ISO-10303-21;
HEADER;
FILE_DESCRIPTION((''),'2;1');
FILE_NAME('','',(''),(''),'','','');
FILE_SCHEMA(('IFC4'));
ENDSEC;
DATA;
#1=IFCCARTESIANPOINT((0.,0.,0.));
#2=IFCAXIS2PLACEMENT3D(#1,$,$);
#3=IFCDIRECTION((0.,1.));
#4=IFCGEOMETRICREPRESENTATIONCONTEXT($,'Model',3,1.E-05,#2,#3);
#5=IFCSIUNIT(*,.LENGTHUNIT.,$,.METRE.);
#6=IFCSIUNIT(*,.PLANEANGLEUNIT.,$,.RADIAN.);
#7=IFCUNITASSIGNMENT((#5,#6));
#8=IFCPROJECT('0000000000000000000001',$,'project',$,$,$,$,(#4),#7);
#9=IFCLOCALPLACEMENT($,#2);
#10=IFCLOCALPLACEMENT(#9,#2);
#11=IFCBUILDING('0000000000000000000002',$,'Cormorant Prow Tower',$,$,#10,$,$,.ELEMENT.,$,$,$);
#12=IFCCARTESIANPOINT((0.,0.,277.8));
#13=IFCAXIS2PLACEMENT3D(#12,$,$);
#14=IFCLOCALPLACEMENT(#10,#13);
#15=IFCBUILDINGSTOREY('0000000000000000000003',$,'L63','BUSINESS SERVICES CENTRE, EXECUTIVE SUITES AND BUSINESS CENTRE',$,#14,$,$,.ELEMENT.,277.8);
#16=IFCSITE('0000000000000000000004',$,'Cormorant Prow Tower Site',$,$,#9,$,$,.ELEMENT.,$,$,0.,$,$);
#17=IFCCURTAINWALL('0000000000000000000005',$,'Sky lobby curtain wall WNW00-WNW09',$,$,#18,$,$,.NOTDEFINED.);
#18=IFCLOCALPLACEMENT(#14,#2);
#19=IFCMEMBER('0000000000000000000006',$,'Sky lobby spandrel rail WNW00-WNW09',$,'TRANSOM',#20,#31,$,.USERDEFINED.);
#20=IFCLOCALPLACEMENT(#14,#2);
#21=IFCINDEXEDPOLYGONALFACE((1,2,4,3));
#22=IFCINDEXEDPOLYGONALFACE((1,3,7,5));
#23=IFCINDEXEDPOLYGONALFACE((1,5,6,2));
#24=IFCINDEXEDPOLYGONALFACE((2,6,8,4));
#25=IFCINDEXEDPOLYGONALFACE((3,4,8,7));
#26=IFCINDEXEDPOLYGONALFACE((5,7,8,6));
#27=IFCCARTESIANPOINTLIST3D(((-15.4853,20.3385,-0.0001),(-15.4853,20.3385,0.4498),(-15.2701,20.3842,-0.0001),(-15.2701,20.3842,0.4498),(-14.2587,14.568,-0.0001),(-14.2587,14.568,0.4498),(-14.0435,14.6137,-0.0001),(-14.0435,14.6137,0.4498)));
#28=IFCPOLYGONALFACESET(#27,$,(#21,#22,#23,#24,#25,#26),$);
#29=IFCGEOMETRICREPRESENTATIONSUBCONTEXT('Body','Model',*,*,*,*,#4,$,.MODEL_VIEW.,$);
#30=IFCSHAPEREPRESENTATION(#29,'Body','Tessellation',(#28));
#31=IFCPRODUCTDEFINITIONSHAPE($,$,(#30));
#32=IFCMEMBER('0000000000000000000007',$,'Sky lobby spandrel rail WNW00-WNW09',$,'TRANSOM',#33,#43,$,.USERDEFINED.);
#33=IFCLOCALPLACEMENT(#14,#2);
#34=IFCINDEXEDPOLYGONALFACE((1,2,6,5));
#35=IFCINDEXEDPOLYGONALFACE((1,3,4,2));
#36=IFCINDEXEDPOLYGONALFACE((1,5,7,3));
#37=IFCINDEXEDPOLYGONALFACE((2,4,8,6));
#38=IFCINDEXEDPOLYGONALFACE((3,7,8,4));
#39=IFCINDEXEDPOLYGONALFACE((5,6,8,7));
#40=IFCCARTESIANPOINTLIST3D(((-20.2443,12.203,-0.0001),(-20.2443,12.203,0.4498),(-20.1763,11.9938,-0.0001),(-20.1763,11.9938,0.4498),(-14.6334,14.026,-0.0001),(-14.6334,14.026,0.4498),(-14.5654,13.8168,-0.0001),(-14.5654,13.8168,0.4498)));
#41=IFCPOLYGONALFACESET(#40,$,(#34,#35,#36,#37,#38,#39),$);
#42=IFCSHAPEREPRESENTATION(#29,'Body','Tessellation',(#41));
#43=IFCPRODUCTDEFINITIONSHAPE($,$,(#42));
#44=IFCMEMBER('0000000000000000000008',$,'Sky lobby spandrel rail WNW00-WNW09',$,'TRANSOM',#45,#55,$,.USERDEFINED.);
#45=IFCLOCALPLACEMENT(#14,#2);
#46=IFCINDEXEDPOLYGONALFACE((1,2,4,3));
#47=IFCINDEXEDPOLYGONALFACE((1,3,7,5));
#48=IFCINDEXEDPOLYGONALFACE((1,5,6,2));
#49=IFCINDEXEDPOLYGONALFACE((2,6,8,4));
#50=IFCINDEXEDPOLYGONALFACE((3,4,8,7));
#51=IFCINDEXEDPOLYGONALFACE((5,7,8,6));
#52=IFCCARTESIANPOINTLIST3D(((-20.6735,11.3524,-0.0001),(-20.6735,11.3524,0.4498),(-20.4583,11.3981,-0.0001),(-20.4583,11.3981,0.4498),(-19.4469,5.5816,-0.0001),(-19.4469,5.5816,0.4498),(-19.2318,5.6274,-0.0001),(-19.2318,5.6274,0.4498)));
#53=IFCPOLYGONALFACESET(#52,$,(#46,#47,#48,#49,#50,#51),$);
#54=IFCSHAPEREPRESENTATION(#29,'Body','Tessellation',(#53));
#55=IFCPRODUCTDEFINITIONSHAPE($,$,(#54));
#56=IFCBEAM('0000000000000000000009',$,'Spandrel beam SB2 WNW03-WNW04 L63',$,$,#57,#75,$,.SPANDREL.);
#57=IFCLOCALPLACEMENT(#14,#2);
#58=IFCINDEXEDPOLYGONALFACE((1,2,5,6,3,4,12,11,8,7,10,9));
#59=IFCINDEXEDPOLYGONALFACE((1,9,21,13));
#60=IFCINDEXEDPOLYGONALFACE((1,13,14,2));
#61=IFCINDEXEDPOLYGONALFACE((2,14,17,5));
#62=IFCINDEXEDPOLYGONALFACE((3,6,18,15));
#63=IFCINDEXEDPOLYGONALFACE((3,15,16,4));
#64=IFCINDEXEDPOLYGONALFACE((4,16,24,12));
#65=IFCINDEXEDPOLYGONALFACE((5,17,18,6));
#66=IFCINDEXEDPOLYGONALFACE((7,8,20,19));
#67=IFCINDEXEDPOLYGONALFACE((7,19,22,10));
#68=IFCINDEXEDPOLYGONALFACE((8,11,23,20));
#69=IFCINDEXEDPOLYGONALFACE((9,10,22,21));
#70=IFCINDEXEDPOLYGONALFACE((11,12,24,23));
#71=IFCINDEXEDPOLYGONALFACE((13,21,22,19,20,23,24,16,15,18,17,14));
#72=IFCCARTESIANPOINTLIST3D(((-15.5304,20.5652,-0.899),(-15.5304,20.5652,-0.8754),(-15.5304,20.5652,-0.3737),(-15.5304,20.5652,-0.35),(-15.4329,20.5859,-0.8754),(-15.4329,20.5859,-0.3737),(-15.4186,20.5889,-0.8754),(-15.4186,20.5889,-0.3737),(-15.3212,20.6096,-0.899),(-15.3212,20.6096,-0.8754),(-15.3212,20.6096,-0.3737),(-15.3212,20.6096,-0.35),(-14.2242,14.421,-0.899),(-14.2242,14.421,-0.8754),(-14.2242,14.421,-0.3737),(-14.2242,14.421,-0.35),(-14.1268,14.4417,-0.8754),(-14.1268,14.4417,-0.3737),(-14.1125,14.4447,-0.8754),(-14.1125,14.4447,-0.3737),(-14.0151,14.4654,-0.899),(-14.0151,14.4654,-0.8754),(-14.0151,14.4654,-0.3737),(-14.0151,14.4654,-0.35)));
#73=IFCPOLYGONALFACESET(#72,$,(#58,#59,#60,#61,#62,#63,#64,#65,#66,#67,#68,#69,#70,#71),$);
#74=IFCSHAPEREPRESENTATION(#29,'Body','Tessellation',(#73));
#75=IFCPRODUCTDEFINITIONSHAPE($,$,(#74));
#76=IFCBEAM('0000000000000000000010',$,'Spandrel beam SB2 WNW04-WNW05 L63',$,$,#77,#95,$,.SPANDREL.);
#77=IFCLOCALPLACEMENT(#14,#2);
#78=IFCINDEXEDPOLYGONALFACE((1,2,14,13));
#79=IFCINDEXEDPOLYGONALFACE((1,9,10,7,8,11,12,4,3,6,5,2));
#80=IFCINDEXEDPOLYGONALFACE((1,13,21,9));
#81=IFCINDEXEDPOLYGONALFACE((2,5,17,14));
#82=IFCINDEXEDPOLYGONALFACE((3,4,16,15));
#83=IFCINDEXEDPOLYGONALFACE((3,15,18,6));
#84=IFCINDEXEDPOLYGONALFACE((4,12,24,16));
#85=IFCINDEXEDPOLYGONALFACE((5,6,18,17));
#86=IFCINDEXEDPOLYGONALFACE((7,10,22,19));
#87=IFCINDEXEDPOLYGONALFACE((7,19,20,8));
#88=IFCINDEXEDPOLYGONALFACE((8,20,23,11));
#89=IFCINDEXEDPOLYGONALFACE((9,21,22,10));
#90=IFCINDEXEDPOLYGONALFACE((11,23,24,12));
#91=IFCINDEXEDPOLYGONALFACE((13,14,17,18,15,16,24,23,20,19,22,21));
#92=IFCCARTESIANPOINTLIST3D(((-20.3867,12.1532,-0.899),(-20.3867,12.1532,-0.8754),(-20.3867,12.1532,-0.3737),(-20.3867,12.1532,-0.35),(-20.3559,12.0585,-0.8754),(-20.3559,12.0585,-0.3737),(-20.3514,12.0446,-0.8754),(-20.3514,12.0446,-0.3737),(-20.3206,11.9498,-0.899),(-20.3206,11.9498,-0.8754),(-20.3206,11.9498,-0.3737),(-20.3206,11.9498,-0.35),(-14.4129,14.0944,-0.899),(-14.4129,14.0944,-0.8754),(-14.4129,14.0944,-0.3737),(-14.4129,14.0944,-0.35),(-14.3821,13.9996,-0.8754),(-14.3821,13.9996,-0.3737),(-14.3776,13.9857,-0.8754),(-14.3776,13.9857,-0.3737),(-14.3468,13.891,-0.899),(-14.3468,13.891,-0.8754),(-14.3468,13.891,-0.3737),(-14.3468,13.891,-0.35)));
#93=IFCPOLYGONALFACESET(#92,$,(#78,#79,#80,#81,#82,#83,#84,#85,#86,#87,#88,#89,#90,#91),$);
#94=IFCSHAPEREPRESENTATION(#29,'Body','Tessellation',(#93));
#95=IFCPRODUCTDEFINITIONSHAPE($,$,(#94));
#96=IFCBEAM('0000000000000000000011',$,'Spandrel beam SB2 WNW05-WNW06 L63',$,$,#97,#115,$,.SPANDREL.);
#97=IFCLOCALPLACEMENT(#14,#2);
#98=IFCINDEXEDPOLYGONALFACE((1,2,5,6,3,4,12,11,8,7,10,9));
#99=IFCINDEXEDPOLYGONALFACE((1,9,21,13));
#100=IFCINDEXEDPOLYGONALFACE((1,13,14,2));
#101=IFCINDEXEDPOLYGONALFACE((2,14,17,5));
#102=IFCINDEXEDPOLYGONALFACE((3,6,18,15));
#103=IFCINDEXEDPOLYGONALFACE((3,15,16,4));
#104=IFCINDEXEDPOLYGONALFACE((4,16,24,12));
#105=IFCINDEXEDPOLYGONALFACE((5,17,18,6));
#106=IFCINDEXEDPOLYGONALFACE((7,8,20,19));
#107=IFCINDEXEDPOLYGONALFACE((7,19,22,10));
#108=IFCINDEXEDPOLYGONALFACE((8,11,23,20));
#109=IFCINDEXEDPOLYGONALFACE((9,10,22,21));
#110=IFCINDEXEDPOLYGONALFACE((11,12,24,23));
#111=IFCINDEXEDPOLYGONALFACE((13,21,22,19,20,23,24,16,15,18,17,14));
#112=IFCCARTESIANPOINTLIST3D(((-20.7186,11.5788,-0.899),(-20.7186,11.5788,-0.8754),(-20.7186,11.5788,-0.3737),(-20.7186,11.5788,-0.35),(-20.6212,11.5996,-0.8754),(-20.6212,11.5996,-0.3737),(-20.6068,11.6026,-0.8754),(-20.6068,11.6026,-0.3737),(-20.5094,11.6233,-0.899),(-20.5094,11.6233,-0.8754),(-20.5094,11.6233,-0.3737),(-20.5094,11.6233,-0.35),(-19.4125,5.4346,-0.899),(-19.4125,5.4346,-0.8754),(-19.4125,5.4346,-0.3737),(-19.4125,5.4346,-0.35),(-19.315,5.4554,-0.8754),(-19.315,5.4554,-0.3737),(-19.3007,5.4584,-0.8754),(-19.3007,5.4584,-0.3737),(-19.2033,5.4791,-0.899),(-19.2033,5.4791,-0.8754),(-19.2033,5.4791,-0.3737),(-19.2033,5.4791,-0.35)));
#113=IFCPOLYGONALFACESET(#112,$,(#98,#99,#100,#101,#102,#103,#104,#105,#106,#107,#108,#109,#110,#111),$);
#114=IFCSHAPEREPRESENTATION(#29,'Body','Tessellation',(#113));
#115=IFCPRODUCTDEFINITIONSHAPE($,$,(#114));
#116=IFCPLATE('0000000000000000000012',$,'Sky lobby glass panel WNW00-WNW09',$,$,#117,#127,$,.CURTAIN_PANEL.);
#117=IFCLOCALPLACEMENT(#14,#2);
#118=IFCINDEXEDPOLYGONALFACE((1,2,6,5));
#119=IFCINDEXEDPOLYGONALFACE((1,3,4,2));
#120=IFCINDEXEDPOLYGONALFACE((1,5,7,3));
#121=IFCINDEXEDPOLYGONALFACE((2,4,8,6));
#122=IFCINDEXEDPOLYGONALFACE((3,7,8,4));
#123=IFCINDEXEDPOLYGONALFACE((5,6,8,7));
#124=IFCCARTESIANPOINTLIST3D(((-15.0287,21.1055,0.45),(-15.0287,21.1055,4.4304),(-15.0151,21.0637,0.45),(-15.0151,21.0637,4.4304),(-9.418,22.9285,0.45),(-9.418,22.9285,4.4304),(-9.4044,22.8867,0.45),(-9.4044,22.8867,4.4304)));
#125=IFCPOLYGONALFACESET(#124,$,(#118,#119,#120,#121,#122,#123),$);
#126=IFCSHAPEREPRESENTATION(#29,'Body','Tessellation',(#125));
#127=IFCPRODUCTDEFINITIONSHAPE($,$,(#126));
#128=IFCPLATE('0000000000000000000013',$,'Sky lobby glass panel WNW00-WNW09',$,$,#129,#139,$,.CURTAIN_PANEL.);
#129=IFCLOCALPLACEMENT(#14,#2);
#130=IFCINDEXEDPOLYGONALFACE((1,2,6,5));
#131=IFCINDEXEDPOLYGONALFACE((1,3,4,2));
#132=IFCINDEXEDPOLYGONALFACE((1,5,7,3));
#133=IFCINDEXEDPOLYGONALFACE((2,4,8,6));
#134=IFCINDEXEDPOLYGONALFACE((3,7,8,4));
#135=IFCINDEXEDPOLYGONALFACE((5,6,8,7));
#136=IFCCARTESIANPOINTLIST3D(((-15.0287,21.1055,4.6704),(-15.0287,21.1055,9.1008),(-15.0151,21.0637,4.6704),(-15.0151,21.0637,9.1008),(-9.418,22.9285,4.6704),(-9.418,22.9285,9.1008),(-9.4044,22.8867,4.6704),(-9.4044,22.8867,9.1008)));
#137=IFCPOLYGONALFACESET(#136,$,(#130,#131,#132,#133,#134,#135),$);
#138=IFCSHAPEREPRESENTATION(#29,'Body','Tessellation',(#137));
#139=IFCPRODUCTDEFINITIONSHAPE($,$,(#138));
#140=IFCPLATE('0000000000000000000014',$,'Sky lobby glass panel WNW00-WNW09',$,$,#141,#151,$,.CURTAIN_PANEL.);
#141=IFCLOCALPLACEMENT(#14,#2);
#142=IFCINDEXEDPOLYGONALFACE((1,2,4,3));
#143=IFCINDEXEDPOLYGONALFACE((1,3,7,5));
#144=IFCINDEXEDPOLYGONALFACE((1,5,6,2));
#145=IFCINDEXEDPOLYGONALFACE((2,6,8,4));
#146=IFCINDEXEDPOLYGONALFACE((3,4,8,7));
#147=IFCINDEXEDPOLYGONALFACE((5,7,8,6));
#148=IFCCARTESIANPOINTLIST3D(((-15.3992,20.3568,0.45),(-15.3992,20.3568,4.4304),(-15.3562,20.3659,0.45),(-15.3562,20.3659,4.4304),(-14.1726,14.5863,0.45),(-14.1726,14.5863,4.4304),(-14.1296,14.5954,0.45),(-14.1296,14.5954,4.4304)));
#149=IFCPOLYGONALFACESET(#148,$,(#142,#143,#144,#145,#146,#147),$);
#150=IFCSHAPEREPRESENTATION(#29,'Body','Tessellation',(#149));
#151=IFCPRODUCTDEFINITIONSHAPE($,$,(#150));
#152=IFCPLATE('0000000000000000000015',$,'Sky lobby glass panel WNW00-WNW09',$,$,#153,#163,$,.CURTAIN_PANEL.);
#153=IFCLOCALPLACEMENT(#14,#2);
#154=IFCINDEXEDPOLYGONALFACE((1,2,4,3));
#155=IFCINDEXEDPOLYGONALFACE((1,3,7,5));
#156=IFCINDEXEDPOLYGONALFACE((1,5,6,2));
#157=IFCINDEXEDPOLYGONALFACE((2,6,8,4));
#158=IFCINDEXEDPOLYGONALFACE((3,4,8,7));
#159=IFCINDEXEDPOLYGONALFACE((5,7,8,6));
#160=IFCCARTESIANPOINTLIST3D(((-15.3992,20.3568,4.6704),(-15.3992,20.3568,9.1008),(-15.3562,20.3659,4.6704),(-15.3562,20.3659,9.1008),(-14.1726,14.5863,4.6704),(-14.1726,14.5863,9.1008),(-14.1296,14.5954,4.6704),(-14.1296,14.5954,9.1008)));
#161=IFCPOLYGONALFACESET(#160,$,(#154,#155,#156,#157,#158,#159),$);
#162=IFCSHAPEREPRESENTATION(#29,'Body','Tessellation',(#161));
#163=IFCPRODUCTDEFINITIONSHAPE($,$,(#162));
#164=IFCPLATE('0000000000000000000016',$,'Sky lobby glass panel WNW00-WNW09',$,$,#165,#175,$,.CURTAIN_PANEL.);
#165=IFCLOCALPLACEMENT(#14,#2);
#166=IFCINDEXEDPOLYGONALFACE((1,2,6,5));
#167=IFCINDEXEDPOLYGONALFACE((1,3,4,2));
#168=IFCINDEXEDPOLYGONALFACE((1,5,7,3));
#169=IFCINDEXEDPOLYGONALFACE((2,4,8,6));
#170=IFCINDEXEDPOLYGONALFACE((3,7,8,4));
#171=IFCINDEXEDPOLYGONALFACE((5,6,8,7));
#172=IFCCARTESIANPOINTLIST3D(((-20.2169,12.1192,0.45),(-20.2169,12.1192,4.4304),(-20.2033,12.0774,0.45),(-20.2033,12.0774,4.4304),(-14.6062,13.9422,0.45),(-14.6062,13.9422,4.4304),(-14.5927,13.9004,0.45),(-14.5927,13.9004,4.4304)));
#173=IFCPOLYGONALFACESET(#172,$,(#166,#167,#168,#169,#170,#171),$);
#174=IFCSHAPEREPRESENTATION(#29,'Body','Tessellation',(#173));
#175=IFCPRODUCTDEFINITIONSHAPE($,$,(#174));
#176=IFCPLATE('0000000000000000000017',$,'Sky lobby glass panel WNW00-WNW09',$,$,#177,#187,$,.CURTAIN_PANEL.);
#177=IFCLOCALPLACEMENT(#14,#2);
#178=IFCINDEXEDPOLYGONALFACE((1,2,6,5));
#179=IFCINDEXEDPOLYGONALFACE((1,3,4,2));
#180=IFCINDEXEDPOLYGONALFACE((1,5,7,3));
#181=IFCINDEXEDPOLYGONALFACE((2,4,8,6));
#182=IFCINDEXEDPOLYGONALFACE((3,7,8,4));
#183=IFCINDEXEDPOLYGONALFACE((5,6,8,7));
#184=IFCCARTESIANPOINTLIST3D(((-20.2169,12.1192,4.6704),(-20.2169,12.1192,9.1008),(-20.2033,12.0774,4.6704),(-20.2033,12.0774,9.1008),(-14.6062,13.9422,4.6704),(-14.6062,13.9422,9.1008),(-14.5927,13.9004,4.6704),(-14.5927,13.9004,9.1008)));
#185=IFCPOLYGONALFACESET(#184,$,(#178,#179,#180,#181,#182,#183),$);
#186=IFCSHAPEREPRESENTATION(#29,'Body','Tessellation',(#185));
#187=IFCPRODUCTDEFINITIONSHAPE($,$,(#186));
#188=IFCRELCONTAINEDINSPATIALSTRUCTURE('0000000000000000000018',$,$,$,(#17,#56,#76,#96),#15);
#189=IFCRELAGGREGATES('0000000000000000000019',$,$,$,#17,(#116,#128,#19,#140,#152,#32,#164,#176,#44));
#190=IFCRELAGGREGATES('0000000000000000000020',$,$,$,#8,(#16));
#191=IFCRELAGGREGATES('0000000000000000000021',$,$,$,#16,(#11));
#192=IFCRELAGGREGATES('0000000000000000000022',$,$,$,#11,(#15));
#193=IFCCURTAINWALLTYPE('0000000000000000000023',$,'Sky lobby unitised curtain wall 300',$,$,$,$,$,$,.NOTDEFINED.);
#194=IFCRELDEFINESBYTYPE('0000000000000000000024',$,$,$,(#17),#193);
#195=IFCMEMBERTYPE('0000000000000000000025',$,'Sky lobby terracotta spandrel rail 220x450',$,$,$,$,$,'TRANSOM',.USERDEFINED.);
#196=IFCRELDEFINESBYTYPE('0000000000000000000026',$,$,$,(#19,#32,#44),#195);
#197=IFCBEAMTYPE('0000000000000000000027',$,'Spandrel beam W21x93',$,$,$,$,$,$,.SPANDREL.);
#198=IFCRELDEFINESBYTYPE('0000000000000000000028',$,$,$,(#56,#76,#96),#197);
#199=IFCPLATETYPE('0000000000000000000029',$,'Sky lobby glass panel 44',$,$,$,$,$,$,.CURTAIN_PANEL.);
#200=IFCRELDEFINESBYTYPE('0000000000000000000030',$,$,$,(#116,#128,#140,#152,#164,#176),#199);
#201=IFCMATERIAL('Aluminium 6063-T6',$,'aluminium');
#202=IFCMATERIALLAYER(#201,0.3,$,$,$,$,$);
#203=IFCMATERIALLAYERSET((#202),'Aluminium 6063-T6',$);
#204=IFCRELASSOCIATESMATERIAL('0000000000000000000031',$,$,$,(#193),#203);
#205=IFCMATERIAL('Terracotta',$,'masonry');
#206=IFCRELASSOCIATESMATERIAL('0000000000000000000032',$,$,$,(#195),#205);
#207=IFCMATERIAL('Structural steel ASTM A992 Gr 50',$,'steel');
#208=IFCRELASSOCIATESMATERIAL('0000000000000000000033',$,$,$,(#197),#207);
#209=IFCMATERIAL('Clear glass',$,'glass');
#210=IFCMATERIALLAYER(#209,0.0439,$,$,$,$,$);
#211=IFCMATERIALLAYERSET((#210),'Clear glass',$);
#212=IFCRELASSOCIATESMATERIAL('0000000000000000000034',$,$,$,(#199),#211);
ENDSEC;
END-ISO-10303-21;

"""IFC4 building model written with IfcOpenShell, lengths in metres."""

from ifc_helpers import new_model, si_unit, direction, frame, origin, origin_2d, place, context, subcontext, project, spatial, rectangle, i_section, extrude, material, layer, layer_set, material_profile, profile_set, type_object, element, aggregate, save


model = new_model("IFC4")

# Units and contexts
model_context = context("Model", 3, precision=1e-05, world=origin(), true_north=direction((0.0, 1.0)))
body_context = subcontext(model_context, "Body", "Model", "MODEL_VIEW")
ifc_project = project(units=[si_unit("LENGTHUNIT", "METRE"), si_unit("PLANEANGLEUNIT", "RADIAN")], contexts=[model_context])

# Site, building, storey
site_placement = place(None, origin())
site = spatial("IfcSite", under=ifc_project, at=site_placement, Name="Cormorant Prow Tower Site", CompositionType="ELEMENT", RefElevation=0.0)
building_placement = place(site_placement, origin())
building = spatial("IfcBuilding", under=site, at=building_placement, Name="Cormorant Prow Tower", CompositionType="ELEMENT")
storey_placement = place(building_placement, frame((0.0, 0.0, 277.8)))
storey = spatial("IfcBuildingStorey", under=building, at=storey_placement, Name="L63", Description="BUSINESS SERVICES CENTRE, EXECUTIVE SUITES AND BUSINESS CENTRE", CompositionType="ELEMENT", Elevation=277.8)

# Curtain wall, members
ifc_material_1 = material(Name="Aluminium 6063-T6", Category="aluminium")
ifc_layer_1 = layer(ifc_material_1, 0.3)
ifc_layer_set_1 = layer_set([ifc_layer_1], Name="Aluminium 6063-T6")
curtain_wall_type = type_object("IfcCurtainWallType", Name="Sky lobby unitised curtain wall 300", PredefinedType="NOTDEFINED", material=ifc_layer_set_1)
curtain_wall_placement = place(storey_placement, origin())
curtain_wall = element("IfcCurtainWall", 1, at=curtain_wall_placement, inside=storey, type_object=curtain_wall_type, Name="Sky lobby curtain wall WNW00-WNW09", PredefinedType="NOTDEFINED")
ifc_material_2 = material(Name="Terracotta", Category="masonry")
ifc_material_profile_1 = material_profile(ifc_material_2, rectangle(XDim=0.22, YDim=0.45, at=origin_2d()), Name="Sky lobby terracotta spandrel rail 220x450")
ifc_profile_set_1 = profile_set([ifc_material_profile_1], Name="Terracotta")
member_type_1 = type_object("IfcMemberType", Name="Sky lobby terracotta spandrel rail 220x450", ElementType="TRANSOM", PredefinedType="USERDEFINED", material=ifc_profile_set_1)
member_1_placement = place(storey_placement, frame((-15.3777, 20.3613, 0.2249), z_axis=(0.207912, -0.978147, 0.0), x_axis=(0.978147, 0.207912, 0.0)))
member_1 = element("IfcMember", 2, at=member_1_placement, type_object=member_type_1, Name="Sky lobby spandrel rail WNW00-WNW09", ObjectType="TRANSOM", PredefinedType="USERDEFINED", context=body_context, shape_type="SweptSolid", body=[
    extrude(rectangle(XDim=0.22, YDim=0.45, at=origin_2d()), origin(), (0.0, 0.0, 1.0), 5.8994),
])
member_2_placement = place(storey_placement, frame((-14.5994, 13.9214, 0.2249), z_axis=(-0.95106, -0.309006, 0.0), x_axis=(0.309006, -0.95106, 0.0)))
member_2 = element("IfcMember", 3, at=member_2_placement, type_object=member_type_1, Name="Sky lobby spandrel rail WNW00-WNW09", ObjectType="TRANSOM", PredefinedType="USERDEFINED", context=body_context, shape_type="SweptSolid", body=[
    extrude(rectangle(XDim=0.22, YDim=0.45, at=origin_2d()), origin(), (0.0, 0.0, 1.0), 5.8997),
])
member_3_placement = place(storey_placement, frame((-20.5659, 11.3752, 0.2249), z_axis=(0.207904, -0.978149, 0.0), x_axis=(0.978149, 0.207904, 0.0)))
member_3 = element("IfcMember", 4, at=member_3_placement, type_object=member_type_1, Name="Sky lobby spandrel rail WNW00-WNW09", ObjectType="TRANSOM", PredefinedType="USERDEFINED", context=body_context, shape_type="SweptSolid", body=[
    extrude(rectangle(XDim=0.22, YDim=0.45, at=origin_2d()), origin(), (0.0, 0.0, 1.0), 5.8997),
])

# Beams
ifc_material_3 = material(Name="Structural steel ASTM A992 Gr 50", Category="steel")
ifc_material_profile_2 = material_profile(ifc_material_3, i_section(OverallWidth=0.2139, OverallDepth=0.5491, WebThickness=0.0146, FlangeThickness=0.0237, at=origin_2d()), Name="W21x93")
ifc_profile_set_2 = profile_set([ifc_material_profile_2], Name="Structural steel ASTM A992 Gr 50")
beam_type_1 = type_object("IfcBeamType", Name="Spandrel beam W21x93", PredefinedType="SPANDREL", material=ifc_profile_set_2)
beam_1_placement = place(storey_placement, frame((-15.4258, 20.5874, -0.6245), z_axis=(0.207934, -0.978143, 0.0), x_axis=(0.978143, 0.207934, 0.0)))
element("IfcBeam", 5, at=beam_1_placement, inside=storey, type_object=beam_type_1, Name="Spandrel beam SB2 WNW03-WNW04 L63", PredefinedType="SPANDREL", context=body_context, shape_type="SweptSolid", body=[
    extrude(i_section(OverallWidth=0.2139, OverallDepth=0.5491, WebThickness=0.0146, FlangeThickness=0.0237, at=origin_2d()), origin(), (0.0, 0.0, 1.0), 6.2815),
])
beam_2_placement = place(storey_placement, frame((-14.3799, 13.9927, -0.6245), z_axis=(-0.95105, -0.309036, 0.0), x_axis=(0.309036, -0.95105, 0.0)))
element("IfcBeam", 6, at=beam_2_placement, inside=storey, type_object=beam_type_1, Name="Spandrel beam SB2 WNW04-WNW05 L63", PredefinedType="SPANDREL", context=body_context, shape_type="SweptSolid", body=[
    extrude(i_section(OverallWidth=0.2139, OverallDepth=0.5491, WebThickness=0.0146, FlangeThickness=0.0237, at=origin_2d()), origin(), (0.0, 0.0, 1.0), 6.2812),
])
beam_3_placement = place(storey_placement, frame((-20.614, 11.6011, -0.6245), z_axis=(0.207934, -0.978143, 0.0), x_axis=(0.978143, 0.207934, 0.0)))
element("IfcBeam", 7, at=beam_3_placement, inside=storey, type_object=beam_type_1, Name="Spandrel beam SB2 WNW05-WNW06 L63", PredefinedType="SPANDREL", context=body_context, shape_type="SweptSolid", body=[
    extrude(i_section(OverallWidth=0.2139, OverallDepth=0.5491, WebThickness=0.0146, FlangeThickness=0.0237, at=origin_2d()), origin(), (0.0, 0.0, 1.0), 6.2815),
])

# Plates
ifc_material_4 = material(Name="Clear glass", Category="glass")
ifc_layer_2 = layer(ifc_material_4, 0.0439)
ifc_layer_set_2 = layer_set([ifc_layer_2], Name="Clear glass")
plate_type = type_object("IfcPlateType", Name="Sky lobby glass panel 44", PredefinedType="CURTAIN_PANEL", material=ifc_layer_set_2)
plate_1_placement = place(storey_placement, frame((-12.2166, 21.9961, 0.45), z_axis=(0.0, 0.0, 1.0), x_axis=(-0.951056, -0.309017, 0.0)))
plate_1 = element("IfcPlate", 8, at=plate_1_placement, type_object=plate_type, Name="Sky lobby glass panel WNW00-WNW09", PredefinedType="CURTAIN_PANEL", context=body_context, shape_type="SweptSolid", body=[
    extrude(rectangle(XDim=5.8994, YDim=0.0439, at=origin_2d()), origin(), (0.0, 0.0, 1.0), 3.9805),
])
plate_2_placement = place(storey_placement, frame((-12.2166, 21.9961, 4.6704), z_axis=(0.0, 0.0, 1.0), x_axis=(-0.951056, -0.309017, 0.0)))
plate_2 = element("IfcPlate", 9, at=plate_2_placement, type_object=plate_type, Name="Sky lobby glass panel WNW00-WNW09", PredefinedType="CURTAIN_PANEL", context=body_context, shape_type="SweptSolid", body=[
    extrude(rectangle(XDim=5.8994, YDim=0.0439, at=origin_2d()), origin(), (0.0, 0.0, 1.0), 4.4304),
])
plate_3_placement = place(storey_placement, frame((-14.7644, 17.4761, 0.45), z_axis=(0.0, 0.0, 1.0), x_axis=(0.207912, -0.978148, 0.0)))
plate_3 = element("IfcPlate", 10, at=plate_3_placement, type_object=plate_type, Name="Sky lobby glass panel WNW00-WNW09", PredefinedType="CURTAIN_PANEL", context=body_context, shape_type="SweptSolid", body=[
    extrude(rectangle(XDim=5.8994, YDim=0.0439, at=origin_2d()), origin(), (0.0, 0.0, 1.0), 3.9805),
])
plate_4_placement = place(storey_placement, frame((-14.7644, 17.4761, 4.6704), z_axis=(0.0, 0.0, 1.0), x_axis=(0.207912, -0.978148, 0.0)))
plate_4 = element("IfcPlate", 11, at=plate_4_placement, type_object=plate_type, Name="Sky lobby glass panel WNW00-WNW09", PredefinedType="CURTAIN_PANEL", context=body_context, shape_type="SweptSolid", body=[
    extrude(rectangle(XDim=5.8994, YDim=0.0439, at=origin_2d()), origin(), (0.0, 0.0, 1.0), 4.4304),
])
plate_5_placement = place(storey_placement, frame((-17.4048, 13.0098, 0.45), z_axis=(0.0, 0.0, 1.0), x_axis=(-0.951057, -0.309017, 0.0)))
plate_5 = element("IfcPlate", 12, at=plate_5_placement, type_object=plate_type, Name="Sky lobby glass panel WNW00-WNW09", PredefinedType="CURTAIN_PANEL", context=body_context, shape_type="SweptSolid", body=[
    extrude(rectangle(XDim=5.8994, YDim=0.0439, at=origin_2d()), origin(), (0.0, 0.0, 1.0), 3.9805),
])
plate_6_placement = place(storey_placement, frame((-17.4048, 13.0098, 4.6704), z_axis=(0.0, 0.0, 1.0), x_axis=(-0.951057, -0.309017, 0.0)))
plate_6 = element("IfcPlate", 13, at=plate_6_placement, type_object=plate_type, Name="Sky lobby glass panel WNW00-WNW09", PredefinedType="CURTAIN_PANEL", context=body_context, shape_type="SweptSolid", body=[
    extrude(rectangle(XDim=5.8994, YDim=0.0439, at=origin_2d()), origin(), (0.0, 0.0, 1.0), 4.4304),
])
aggregate(curtain_wall, [plate_1, plate_2, member_1, plate_3, plate_4, member_2, plate_5, plate_6, member_3])

save(model, "model.ifc")
